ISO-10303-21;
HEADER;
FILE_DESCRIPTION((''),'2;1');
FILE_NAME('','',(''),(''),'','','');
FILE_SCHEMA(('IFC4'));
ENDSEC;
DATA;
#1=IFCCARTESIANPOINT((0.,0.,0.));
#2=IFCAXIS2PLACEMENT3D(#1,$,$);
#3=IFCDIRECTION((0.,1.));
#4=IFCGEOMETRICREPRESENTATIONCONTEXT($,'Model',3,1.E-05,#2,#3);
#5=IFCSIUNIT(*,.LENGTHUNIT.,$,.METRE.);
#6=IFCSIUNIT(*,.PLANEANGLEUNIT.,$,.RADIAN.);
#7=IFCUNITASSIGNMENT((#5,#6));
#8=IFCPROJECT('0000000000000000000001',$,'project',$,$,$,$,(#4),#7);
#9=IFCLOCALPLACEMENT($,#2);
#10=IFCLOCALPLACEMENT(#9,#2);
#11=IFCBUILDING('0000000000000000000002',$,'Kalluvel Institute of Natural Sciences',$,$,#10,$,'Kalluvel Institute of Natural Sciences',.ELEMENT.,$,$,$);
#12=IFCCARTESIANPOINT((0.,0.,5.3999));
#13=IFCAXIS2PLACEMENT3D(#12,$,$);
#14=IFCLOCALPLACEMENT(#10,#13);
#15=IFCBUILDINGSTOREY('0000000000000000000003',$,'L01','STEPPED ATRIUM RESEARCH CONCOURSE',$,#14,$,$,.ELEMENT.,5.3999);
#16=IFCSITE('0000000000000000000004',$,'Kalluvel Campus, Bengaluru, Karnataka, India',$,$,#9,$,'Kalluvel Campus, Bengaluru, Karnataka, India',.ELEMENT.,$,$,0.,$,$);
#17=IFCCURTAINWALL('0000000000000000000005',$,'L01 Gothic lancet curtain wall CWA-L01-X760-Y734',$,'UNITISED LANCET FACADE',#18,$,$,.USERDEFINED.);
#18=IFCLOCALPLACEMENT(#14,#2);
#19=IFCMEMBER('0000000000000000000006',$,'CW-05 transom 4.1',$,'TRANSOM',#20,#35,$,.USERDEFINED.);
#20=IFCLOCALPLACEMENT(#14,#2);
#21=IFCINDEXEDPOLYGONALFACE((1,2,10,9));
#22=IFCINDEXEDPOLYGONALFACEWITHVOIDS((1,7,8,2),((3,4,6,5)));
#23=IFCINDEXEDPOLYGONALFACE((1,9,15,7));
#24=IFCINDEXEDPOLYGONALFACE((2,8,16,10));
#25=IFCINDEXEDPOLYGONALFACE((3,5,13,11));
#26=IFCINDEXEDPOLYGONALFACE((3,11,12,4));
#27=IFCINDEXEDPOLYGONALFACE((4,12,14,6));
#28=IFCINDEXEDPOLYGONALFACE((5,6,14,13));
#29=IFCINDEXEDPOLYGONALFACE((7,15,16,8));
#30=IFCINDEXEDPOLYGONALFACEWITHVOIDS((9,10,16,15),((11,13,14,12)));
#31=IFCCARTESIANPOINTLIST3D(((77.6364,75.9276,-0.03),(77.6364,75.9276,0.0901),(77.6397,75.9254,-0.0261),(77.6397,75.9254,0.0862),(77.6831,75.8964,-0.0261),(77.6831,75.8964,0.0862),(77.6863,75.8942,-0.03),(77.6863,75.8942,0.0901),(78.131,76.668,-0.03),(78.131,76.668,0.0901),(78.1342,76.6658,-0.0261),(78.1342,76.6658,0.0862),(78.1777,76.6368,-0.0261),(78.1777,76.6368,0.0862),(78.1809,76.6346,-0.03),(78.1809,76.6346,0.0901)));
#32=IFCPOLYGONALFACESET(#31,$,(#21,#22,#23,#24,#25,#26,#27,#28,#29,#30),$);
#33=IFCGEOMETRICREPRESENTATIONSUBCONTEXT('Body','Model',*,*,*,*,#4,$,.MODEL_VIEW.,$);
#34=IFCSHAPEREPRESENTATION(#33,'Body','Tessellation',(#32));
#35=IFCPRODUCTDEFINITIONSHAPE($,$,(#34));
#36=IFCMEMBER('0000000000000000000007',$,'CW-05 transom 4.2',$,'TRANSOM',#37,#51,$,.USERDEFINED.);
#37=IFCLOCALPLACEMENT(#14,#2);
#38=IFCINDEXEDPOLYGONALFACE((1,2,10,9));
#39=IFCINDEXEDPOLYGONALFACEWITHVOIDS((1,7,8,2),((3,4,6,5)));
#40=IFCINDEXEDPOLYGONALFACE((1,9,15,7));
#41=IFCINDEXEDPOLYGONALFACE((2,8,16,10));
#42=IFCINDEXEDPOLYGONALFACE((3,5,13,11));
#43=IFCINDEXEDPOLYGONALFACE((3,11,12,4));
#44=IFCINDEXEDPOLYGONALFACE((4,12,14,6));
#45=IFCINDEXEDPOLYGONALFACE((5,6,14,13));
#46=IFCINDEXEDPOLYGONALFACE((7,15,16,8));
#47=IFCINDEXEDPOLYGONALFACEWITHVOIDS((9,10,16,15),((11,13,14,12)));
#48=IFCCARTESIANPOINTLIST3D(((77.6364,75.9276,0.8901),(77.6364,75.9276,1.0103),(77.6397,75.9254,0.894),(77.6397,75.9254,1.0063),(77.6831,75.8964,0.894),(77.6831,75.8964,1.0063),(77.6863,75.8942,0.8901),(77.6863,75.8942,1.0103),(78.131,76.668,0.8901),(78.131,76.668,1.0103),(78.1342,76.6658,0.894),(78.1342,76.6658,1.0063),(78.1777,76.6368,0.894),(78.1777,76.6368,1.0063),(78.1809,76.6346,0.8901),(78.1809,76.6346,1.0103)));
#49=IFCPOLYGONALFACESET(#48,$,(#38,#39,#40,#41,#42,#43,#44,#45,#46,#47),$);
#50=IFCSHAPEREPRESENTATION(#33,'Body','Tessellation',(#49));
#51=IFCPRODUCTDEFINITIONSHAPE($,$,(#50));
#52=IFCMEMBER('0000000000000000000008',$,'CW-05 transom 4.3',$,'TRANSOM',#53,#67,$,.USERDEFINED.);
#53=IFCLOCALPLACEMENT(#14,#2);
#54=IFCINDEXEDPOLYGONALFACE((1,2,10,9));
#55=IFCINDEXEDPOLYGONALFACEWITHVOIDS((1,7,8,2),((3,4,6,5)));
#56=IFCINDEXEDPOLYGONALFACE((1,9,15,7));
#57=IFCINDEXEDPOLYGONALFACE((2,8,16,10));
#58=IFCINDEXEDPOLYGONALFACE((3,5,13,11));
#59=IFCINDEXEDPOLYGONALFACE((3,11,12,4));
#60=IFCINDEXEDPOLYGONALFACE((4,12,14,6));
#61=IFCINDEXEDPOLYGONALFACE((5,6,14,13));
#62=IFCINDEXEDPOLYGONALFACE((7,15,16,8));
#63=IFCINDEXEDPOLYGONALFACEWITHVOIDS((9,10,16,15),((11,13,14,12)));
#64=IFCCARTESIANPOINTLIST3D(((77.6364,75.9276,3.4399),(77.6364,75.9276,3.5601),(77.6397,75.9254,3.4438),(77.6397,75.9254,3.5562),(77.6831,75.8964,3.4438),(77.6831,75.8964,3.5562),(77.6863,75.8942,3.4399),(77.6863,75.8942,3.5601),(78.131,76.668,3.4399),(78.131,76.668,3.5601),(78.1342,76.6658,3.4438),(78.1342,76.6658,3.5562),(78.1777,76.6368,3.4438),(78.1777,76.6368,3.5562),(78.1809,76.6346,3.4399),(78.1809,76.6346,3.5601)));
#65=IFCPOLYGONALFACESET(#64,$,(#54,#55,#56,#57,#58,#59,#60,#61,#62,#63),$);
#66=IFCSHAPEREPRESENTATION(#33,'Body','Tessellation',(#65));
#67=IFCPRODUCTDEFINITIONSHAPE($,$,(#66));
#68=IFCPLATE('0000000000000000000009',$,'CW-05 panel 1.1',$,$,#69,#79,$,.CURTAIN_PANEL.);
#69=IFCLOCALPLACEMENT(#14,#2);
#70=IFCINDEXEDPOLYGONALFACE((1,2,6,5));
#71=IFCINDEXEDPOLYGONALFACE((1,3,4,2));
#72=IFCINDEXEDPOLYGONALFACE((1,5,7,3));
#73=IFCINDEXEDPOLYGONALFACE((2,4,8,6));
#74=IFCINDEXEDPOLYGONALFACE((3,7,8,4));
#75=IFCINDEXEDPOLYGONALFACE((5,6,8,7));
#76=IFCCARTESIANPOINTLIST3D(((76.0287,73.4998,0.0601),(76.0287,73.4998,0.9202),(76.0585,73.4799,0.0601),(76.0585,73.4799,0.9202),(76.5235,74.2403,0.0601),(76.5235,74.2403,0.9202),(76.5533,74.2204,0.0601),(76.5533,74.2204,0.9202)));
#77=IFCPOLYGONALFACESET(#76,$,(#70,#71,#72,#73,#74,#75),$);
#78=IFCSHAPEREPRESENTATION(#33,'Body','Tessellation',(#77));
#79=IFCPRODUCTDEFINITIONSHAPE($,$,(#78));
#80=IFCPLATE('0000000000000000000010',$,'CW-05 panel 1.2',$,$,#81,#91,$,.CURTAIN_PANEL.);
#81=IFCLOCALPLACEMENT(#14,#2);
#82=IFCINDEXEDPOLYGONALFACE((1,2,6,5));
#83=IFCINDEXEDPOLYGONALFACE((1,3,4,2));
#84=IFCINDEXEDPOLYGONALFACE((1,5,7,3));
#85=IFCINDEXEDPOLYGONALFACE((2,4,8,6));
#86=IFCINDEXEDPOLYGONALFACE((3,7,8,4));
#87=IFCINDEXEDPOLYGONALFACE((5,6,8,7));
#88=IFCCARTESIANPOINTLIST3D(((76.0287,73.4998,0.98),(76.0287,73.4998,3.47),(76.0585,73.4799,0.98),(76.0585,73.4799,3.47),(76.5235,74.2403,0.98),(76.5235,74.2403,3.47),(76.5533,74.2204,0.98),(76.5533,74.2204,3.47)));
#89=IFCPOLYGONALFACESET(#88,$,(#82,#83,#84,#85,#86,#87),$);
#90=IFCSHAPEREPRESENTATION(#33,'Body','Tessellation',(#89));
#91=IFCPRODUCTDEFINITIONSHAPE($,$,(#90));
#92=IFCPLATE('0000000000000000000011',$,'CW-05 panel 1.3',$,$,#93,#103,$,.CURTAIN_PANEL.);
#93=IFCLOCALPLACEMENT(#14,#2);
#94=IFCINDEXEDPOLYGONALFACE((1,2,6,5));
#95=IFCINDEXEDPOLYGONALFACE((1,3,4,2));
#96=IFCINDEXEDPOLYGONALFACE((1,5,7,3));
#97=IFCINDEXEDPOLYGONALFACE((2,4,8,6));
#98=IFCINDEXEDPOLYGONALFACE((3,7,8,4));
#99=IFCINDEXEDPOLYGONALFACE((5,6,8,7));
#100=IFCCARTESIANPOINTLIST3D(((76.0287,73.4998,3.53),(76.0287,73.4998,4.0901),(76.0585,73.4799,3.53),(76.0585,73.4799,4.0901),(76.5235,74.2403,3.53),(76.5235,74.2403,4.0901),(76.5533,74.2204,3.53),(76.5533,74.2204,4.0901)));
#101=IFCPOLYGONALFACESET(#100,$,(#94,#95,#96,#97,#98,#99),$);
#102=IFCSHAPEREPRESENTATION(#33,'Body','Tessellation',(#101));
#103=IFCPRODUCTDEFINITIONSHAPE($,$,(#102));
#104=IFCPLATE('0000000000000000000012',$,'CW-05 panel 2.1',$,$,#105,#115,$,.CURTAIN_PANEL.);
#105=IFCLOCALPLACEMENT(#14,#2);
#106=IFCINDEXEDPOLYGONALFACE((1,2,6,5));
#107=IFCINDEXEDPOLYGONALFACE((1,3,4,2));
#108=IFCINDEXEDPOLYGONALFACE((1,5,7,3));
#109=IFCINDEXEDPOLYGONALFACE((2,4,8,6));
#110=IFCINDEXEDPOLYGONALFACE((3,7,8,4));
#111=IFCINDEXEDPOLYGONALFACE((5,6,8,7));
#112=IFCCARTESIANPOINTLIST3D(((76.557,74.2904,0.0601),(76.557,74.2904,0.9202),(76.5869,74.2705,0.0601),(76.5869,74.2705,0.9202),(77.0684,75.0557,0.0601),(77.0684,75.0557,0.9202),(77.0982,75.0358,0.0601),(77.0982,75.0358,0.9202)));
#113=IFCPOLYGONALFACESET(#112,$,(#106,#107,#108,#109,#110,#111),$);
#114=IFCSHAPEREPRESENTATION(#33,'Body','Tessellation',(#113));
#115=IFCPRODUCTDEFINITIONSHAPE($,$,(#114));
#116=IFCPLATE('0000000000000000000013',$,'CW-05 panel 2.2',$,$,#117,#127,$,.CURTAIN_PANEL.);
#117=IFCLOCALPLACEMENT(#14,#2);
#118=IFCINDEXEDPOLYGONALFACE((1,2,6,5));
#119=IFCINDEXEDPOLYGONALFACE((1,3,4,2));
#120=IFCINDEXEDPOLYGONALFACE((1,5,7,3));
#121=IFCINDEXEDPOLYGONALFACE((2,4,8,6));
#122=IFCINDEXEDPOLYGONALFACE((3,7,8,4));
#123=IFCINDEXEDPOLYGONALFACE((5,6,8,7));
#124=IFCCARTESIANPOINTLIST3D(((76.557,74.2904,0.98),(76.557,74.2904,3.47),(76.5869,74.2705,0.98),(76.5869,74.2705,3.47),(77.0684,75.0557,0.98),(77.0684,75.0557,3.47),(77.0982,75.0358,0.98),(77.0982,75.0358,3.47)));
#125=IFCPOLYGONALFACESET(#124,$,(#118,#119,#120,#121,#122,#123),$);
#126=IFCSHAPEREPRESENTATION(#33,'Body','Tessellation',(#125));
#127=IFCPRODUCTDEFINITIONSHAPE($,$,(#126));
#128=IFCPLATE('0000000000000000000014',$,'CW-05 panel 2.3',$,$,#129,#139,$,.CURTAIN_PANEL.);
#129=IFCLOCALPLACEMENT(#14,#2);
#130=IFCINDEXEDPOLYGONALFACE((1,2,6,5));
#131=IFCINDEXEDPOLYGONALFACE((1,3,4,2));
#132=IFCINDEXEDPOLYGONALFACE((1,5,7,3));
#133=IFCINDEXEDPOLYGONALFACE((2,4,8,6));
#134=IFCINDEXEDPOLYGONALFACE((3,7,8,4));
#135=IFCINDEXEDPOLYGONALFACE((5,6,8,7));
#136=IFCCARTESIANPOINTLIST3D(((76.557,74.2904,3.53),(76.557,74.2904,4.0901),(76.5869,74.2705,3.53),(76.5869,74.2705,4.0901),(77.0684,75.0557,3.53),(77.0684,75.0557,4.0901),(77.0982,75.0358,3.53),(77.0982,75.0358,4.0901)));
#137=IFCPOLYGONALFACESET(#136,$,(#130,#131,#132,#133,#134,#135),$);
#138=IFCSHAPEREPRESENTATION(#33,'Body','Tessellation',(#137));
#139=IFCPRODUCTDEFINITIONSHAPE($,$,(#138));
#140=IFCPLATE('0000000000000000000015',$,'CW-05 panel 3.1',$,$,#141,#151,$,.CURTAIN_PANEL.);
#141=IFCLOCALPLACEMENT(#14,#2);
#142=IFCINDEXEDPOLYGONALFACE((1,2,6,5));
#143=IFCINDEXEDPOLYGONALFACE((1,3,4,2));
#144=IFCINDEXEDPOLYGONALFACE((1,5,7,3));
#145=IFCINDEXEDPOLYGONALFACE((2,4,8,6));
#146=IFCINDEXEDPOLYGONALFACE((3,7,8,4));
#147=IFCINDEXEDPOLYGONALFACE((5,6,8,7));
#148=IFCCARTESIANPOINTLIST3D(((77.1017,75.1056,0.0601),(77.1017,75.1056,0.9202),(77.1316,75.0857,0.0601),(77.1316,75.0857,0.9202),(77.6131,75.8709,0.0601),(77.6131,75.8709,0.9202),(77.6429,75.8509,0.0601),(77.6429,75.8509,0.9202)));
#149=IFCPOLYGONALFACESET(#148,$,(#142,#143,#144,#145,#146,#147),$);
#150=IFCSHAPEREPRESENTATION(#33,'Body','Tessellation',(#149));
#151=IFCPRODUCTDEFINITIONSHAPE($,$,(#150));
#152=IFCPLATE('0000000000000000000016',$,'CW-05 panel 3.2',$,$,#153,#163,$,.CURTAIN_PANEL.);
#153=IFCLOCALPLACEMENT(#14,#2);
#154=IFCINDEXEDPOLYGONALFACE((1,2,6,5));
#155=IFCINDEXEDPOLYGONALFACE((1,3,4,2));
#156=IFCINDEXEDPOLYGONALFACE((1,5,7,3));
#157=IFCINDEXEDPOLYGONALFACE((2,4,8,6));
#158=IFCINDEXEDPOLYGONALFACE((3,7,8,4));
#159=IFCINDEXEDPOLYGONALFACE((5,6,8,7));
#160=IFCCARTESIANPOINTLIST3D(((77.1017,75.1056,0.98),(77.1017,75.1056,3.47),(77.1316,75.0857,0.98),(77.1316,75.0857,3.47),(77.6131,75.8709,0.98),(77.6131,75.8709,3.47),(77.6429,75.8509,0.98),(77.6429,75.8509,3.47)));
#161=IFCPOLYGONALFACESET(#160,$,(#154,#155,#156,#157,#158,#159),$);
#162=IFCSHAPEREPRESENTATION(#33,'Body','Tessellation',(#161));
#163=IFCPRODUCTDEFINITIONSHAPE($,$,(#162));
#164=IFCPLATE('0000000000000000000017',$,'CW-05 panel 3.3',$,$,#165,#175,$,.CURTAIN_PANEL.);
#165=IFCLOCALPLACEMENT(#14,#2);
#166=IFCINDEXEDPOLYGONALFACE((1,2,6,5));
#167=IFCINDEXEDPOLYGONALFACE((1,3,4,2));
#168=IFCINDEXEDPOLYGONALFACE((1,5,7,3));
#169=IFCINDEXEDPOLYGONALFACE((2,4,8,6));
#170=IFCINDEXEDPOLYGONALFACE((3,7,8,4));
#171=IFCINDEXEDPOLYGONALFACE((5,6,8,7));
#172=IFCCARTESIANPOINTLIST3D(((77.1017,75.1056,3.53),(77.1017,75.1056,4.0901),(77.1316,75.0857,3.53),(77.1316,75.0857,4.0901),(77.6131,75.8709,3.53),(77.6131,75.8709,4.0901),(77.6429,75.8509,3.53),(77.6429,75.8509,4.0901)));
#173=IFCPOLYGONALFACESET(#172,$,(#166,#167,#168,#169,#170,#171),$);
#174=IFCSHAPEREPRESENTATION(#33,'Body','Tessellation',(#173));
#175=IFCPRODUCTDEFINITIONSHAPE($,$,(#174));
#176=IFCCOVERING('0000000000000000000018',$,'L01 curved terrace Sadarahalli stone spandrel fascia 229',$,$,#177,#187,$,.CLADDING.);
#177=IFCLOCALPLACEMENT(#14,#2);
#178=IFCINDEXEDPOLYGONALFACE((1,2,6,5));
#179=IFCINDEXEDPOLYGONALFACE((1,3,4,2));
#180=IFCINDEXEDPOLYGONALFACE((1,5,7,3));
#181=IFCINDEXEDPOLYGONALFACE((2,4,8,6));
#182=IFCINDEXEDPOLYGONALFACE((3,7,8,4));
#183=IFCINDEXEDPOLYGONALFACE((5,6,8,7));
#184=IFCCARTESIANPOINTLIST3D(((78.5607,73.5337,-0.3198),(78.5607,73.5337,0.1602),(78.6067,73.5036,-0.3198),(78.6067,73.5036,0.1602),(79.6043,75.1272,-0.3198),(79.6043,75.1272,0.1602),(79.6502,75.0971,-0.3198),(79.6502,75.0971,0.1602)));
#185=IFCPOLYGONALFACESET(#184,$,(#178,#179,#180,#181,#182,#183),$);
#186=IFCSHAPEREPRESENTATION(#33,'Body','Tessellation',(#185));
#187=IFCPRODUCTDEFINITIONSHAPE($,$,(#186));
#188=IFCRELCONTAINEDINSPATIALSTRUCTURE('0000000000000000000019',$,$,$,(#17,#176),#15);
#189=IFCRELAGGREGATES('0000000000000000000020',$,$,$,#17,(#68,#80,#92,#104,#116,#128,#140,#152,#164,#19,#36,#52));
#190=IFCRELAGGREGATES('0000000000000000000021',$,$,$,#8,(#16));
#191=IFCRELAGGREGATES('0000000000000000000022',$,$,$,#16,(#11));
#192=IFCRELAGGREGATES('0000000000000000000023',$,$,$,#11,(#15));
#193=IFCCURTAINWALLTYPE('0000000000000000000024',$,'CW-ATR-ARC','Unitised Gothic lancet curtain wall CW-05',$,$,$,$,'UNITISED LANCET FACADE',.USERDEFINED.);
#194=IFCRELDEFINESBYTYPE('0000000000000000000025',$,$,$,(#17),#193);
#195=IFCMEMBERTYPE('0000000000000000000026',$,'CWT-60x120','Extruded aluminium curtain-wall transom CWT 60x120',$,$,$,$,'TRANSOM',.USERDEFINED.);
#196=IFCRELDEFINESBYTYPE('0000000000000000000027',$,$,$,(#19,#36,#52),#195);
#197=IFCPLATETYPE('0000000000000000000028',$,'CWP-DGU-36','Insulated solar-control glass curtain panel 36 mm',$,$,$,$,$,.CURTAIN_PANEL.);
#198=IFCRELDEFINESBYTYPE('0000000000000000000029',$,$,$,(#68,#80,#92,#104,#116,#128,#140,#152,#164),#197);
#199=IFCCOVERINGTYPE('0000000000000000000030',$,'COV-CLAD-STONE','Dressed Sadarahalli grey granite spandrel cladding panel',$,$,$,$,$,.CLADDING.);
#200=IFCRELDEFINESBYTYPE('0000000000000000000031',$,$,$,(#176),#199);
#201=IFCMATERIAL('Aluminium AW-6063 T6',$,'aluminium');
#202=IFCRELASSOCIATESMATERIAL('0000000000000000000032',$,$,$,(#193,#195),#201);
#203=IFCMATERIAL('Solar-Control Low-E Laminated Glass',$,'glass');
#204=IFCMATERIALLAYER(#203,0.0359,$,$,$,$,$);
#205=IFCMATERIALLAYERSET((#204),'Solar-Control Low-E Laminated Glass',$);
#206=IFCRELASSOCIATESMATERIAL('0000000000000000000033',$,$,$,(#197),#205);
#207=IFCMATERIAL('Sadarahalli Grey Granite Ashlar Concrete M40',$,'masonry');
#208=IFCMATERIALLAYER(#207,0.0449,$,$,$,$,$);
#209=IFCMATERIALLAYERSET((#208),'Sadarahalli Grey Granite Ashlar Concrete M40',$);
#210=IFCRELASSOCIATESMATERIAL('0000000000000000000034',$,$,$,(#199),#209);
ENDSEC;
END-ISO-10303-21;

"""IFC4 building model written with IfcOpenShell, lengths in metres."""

from ifc_helpers import new_model, si_unit, direction, frame, origin, origin_2d, place, context, subcontext, project, spatial, rectangle, hollow_rectangle, extrude, material, layer, layer_set, material_profile, profile_set, type_object, element, aggregate, save


model = new_model("IFC4")

# Units and contexts
model_context = context("Model", 3, precision=1e-05, world=origin(), true_north=direction((0.0, 1.0)))
body_context = subcontext(model_context, "Body", "Model", "MODEL_VIEW")
ifc_project = project(units=[si_unit("LENGTHUNIT", "METRE"), si_unit("PLANEANGLEUNIT", "RADIAN")], contexts=[model_context])

# Site, building, storey
site_placement = place(None, origin())
site = spatial("IfcSite", under=ifc_project, at=site_placement, Name="Kalluvel Campus, Bengaluru, Karnataka, India", LongName="Kalluvel Campus, Bengaluru, Karnataka, India", CompositionType="ELEMENT", RefElevation=0.0)
building_placement = place(site_placement, origin())
building = spatial("IfcBuilding", under=site, at=building_placement, Name="Kalluvel Institute of Natural Sciences", LongName="Kalluvel Institute of Natural Sciences", CompositionType="ELEMENT")
storey_placement = place(building_placement, frame((0.0, 0.0, 5.3999)))
storey = spatial("IfcBuildingStorey", under=building, at=storey_placement, Name="L01", Description="STEPPED ATRIUM RESEARCH CONCOURSE", CompositionType="ELEMENT", Elevation=5.3999)

# Curtain wall, members, plates
ifc_material_1 = material(Name="Aluminium AW-6063 T6", Category="aluminium")
curtain_wall_type = type_object("IfcCurtainWallType", Name="CW-ATR-ARC", Description="Unitised Gothic lancet curtain wall CW-05", ElementType="UNITISED LANCET FACADE", PredefinedType="USERDEFINED", material=ifc_material_1)
curtain_wall_placement = place(storey_placement, origin())
curtain_wall = element("IfcCurtainWall", 1, at=curtain_wall_placement, inside=storey, type_object=curtain_wall_type, Name="L01 Gothic lancet curtain wall CWA-L01-X760-Y734", ObjectType="UNITISED LANCET FACADE", PredefinedType="USERDEFINED")
ifc_material_profile_1 = material_profile(ifc_material_1, hollow_rectangle(XDim=0.0601, YDim=0.1201, WallThickness=0.0039, at=origin_2d()), Name="CWT 60x120")
ifc_profile_set_1 = profile_set([ifc_material_profile_1], Name="Aluminium AW-6063 T6")
member_type_1 = type_object("IfcMemberType", Name="CWT-60x120", Description="Extruded aluminium curtain-wall transom CWT 60x120", ElementType="TRANSOM", PredefinedType="USERDEFINED", material=ifc_profile_set_1)
member_1_placement = place(storey_placement, frame((77.6614, 75.9109, 0.03), z_axis=(0.555459, 0.831544, 0.0), x_axis=(-0.831544, 0.555459, 0.0)))
member_1 = element("IfcMember", 2, at=member_1_placement, type_object=member_type_1, Name="CW-05 transom 4.1", ObjectType="TRANSOM", PredefinedType="USERDEFINED", context=body_context, shape_type="SweptSolid", body=[
    extrude(hollow_rectangle(XDim=0.0601, YDim=0.1201, WallThickness=0.0039, at=origin_2d()), origin(), (0.0, 0.0, 1.0), 0.8904),
])
member_2_placement = place(storey_placement, frame((77.6614, 75.9109, 0.9502), z_axis=(0.555459, 0.831544, 0.0), x_axis=(-0.831544, 0.555459, 0.0)))
member_2 = element("IfcMember", 3, at=member_2_placement, type_object=member_type_1, Name="CW-05 transom 4.2", ObjectType="TRANSOM", PredefinedType="USERDEFINED", context=body_context, shape_type="SweptSolid", body=[
    extrude(hollow_rectangle(XDim=0.0601, YDim=0.1201, WallThickness=0.0039, at=origin_2d()), origin(), (0.0, 0.0, 1.0), 0.8904),
])
member_3_placement = place(storey_placement, frame((77.6614, 75.9109, 3.5), z_axis=(0.555459, 0.831544, 0.0), x_axis=(-0.831544, 0.555459, 0.0)))
member_3 = element("IfcMember", 4, at=member_3_placement, type_object=member_type_1, Name="CW-05 transom 4.3", ObjectType="TRANSOM", PredefinedType="USERDEFINED", context=body_context, shape_type="SweptSolid", body=[
    extrude(hollow_rectangle(XDim=0.0601, YDim=0.1201, WallThickness=0.0039, at=origin_2d()), origin(), (0.0, 0.0, 1.0), 0.8904),
])
ifc_material_2 = material(Name="Solar-Control Low-E Laminated Glass", Category="glass")
ifc_layer_1 = layer(ifc_material_2, 0.0359)
ifc_layer_set_1 = layer_set([ifc_layer_1], Name="Solar-Control Low-E Laminated Glass")
plate_type = type_object("IfcPlateType", Name="CWP-DGU-36", Description="Insulated solar-control glass curtain panel 36 mm", PredefinedType="CURTAIN_PANEL", material=ifc_layer_set_1)
plate_1_placement = place(storey_placement, frame((76.291, 73.8601, 0.0601), z_axis=(0.0, 0.0, 1.0), x_axis=(0.555571, 0.831469, 0.0)))
plate_1 = element("IfcPlate", 5, at=plate_1_placement, type_object=plate_type, Name="CW-05 panel 1.1", PredefinedType="CURTAIN_PANEL", context=body_context, shape_type="SweptSolid", body=[
    extrude(rectangle(XDim=0.8906, YDim=0.0359, at=origin_2d()), origin(), (0.0, 0.0, 1.0), 0.8601),
])
plate_2_placement = place(storey_placement, frame((76.291, 73.8601, 0.98), z_axis=(0.0, 0.0, 1.0), x_axis=(0.555571, 0.831469, 0.0)))
plate_2 = element("IfcPlate", 6, at=plate_2_placement, type_object=plate_type, Name="CW-05 panel 1.2", PredefinedType="CURTAIN_PANEL", context=body_context, shape_type="SweptSolid", body=[
    extrude(rectangle(XDim=0.8906, YDim=0.0359, at=origin_2d()), origin(), (0.0, 0.0, 1.0), 2.49),
])
plate_3_placement = place(storey_placement, frame((76.291, 73.8601, 3.53), z_axis=(0.0, 0.0, 1.0), x_axis=(0.555571, 0.831469, 0.0)))
plate_3 = element("IfcPlate", 7, at=plate_3_placement, type_object=plate_type, Name="CW-05 panel 1.3", PredefinedType="CURTAIN_PANEL", context=body_context, shape_type="SweptSolid", body=[
    extrude(rectangle(XDim=0.8906, YDim=0.0359, at=origin_2d()), origin(), (0.0, 0.0, 1.0), 0.5601),
])
plate_4_placement = place(storey_placement, frame((76.8276, 74.6631, 0.0601), z_axis=(0.0, 0.0, 1.0), x_axis=(0.555571, 0.831469, 0.0)))
plate_4 = element("IfcPlate", 8, at=plate_4_placement, type_object=plate_type, Name="CW-05 panel 2.1", PredefinedType="CURTAIN_PANEL", context=body_context, shape_type="SweptSolid", body=[
    extrude(rectangle(XDim=0.9204, YDim=0.0359, at=origin_2d()), origin(), (0.0, 0.0, 1.0), 0.8601),
])
plate_5_placement = place(storey_placement, frame((76.8276, 74.6631, 0.98), z_axis=(0.0, 0.0, 1.0), x_axis=(0.555571, 0.831469, 0.0)))
plate_5 = element("IfcPlate", 9, at=plate_5_placement, type_object=plate_type, Name="CW-05 panel 2.2", PredefinedType="CURTAIN_PANEL", context=body_context, shape_type="SweptSolid", body=[
    extrude(rectangle(XDim=0.9204, YDim=0.0359, at=origin_2d()), origin(), (0.0, 0.0, 1.0), 2.49),
])
plate_6_placement = place(storey_placement, frame((76.8276, 74.6631, 3.53), z_axis=(0.0, 0.0, 1.0), x_axis=(0.555571, 0.831469, 0.0)))
plate_6 = element("IfcPlate", 10, at=plate_6_placement, type_object=plate_type, Name="CW-05 panel 2.3", PredefinedType="CURTAIN_PANEL", context=body_context, shape_type="SweptSolid", body=[
    extrude(rectangle(XDim=0.9204, YDim=0.0359, at=origin_2d()), origin(), (0.0, 0.0, 1.0), 0.5601),
])
plate_7_placement = place(storey_placement, frame((77.3723, 75.4783, 0.0601), z_axis=(0.0, 0.0, 1.0), x_axis=(0.555571, 0.831469, 0.0)))
plate_7 = element("IfcPlate", 11, at=plate_7_placement, type_object=plate_type, Name="CW-05 panel 3.1", PredefinedType="CURTAIN_PANEL", context=body_context, shape_type="SweptSolid", body=[
    extrude(rectangle(XDim=0.9204, YDim=0.0359, at=origin_2d()), origin(), (0.0, 0.0, 1.0), 0.8601),
])
plate_8_placement = place(storey_placement, frame((77.3723, 75.4783, 0.98), z_axis=(0.0, 0.0, 1.0), x_axis=(0.555571, 0.831469, 0.0)))
plate_8 = element("IfcPlate", 12, at=plate_8_placement, type_object=plate_type, Name="CW-05 panel 3.2", PredefinedType="CURTAIN_PANEL", context=body_context, shape_type="SweptSolid", body=[
    extrude(rectangle(XDim=0.9204, YDim=0.0359, at=origin_2d()), origin(), (0.0, 0.0, 1.0), 2.49),
])
plate_9_placement = place(storey_placement, frame((77.3723, 75.4783, 3.53), z_axis=(0.0, 0.0, 1.0), x_axis=(0.555571, 0.831469, 0.0)))
plate_9 = element("IfcPlate", 13, at=plate_9_placement, type_object=plate_type, Name="CW-05 panel 3.3", PredefinedType="CURTAIN_PANEL", context=body_context, shape_type="SweptSolid", body=[
    extrude(rectangle(XDim=0.9204, YDim=0.0359, at=origin_2d()), origin(), (0.0, 0.0, 1.0), 0.5601),
])
aggregate(curtain_wall, [plate_1, plate_2, plate_3, plate_4, plate_5, plate_6, plate_7, plate_8, plate_9, member_1, member_2, member_3])

# Covering
ifc_material_3 = material(Name="Sadarahalli Grey Granite Ashlar Concrete M40", Category="masonry")
ifc_layer_2 = layer(ifc_material_3, 0.0449)
ifc_layer_set_2 = layer_set([ifc_layer_2], Name="Sadarahalli Grey Granite Ashlar Concrete M40")
covering_type = type_object("IfcCoveringType", Name="COV-CLAD-STONE", Description="Dressed Sadarahalli grey granite spandrel cladding panel", PredefinedType="CLADDING", material=ifc_layer_set_2)
covering_placement = place(storey_placement, frame((79.1055, 74.3154, -0.3198), z_axis=(0.0, 0.0, 1.0), x_axis=(0.547855, 0.836573, 0.0)))
element("IfcCovering", 14, at=covering_placement, inside=storey, type_object=covering_type, Name="L01 curved terrace Sadarahalli stone spandrel fascia 229", PredefinedType="CLADDING", context=body_context, shape_type="SweptSolid", body=[
    extrude(rectangle(XDim=1.9048, YDim=0.0549, at=origin_2d()), origin(), (0.0, 0.0, 1.0), 0.48),
])

save(model, "model.ifc")
